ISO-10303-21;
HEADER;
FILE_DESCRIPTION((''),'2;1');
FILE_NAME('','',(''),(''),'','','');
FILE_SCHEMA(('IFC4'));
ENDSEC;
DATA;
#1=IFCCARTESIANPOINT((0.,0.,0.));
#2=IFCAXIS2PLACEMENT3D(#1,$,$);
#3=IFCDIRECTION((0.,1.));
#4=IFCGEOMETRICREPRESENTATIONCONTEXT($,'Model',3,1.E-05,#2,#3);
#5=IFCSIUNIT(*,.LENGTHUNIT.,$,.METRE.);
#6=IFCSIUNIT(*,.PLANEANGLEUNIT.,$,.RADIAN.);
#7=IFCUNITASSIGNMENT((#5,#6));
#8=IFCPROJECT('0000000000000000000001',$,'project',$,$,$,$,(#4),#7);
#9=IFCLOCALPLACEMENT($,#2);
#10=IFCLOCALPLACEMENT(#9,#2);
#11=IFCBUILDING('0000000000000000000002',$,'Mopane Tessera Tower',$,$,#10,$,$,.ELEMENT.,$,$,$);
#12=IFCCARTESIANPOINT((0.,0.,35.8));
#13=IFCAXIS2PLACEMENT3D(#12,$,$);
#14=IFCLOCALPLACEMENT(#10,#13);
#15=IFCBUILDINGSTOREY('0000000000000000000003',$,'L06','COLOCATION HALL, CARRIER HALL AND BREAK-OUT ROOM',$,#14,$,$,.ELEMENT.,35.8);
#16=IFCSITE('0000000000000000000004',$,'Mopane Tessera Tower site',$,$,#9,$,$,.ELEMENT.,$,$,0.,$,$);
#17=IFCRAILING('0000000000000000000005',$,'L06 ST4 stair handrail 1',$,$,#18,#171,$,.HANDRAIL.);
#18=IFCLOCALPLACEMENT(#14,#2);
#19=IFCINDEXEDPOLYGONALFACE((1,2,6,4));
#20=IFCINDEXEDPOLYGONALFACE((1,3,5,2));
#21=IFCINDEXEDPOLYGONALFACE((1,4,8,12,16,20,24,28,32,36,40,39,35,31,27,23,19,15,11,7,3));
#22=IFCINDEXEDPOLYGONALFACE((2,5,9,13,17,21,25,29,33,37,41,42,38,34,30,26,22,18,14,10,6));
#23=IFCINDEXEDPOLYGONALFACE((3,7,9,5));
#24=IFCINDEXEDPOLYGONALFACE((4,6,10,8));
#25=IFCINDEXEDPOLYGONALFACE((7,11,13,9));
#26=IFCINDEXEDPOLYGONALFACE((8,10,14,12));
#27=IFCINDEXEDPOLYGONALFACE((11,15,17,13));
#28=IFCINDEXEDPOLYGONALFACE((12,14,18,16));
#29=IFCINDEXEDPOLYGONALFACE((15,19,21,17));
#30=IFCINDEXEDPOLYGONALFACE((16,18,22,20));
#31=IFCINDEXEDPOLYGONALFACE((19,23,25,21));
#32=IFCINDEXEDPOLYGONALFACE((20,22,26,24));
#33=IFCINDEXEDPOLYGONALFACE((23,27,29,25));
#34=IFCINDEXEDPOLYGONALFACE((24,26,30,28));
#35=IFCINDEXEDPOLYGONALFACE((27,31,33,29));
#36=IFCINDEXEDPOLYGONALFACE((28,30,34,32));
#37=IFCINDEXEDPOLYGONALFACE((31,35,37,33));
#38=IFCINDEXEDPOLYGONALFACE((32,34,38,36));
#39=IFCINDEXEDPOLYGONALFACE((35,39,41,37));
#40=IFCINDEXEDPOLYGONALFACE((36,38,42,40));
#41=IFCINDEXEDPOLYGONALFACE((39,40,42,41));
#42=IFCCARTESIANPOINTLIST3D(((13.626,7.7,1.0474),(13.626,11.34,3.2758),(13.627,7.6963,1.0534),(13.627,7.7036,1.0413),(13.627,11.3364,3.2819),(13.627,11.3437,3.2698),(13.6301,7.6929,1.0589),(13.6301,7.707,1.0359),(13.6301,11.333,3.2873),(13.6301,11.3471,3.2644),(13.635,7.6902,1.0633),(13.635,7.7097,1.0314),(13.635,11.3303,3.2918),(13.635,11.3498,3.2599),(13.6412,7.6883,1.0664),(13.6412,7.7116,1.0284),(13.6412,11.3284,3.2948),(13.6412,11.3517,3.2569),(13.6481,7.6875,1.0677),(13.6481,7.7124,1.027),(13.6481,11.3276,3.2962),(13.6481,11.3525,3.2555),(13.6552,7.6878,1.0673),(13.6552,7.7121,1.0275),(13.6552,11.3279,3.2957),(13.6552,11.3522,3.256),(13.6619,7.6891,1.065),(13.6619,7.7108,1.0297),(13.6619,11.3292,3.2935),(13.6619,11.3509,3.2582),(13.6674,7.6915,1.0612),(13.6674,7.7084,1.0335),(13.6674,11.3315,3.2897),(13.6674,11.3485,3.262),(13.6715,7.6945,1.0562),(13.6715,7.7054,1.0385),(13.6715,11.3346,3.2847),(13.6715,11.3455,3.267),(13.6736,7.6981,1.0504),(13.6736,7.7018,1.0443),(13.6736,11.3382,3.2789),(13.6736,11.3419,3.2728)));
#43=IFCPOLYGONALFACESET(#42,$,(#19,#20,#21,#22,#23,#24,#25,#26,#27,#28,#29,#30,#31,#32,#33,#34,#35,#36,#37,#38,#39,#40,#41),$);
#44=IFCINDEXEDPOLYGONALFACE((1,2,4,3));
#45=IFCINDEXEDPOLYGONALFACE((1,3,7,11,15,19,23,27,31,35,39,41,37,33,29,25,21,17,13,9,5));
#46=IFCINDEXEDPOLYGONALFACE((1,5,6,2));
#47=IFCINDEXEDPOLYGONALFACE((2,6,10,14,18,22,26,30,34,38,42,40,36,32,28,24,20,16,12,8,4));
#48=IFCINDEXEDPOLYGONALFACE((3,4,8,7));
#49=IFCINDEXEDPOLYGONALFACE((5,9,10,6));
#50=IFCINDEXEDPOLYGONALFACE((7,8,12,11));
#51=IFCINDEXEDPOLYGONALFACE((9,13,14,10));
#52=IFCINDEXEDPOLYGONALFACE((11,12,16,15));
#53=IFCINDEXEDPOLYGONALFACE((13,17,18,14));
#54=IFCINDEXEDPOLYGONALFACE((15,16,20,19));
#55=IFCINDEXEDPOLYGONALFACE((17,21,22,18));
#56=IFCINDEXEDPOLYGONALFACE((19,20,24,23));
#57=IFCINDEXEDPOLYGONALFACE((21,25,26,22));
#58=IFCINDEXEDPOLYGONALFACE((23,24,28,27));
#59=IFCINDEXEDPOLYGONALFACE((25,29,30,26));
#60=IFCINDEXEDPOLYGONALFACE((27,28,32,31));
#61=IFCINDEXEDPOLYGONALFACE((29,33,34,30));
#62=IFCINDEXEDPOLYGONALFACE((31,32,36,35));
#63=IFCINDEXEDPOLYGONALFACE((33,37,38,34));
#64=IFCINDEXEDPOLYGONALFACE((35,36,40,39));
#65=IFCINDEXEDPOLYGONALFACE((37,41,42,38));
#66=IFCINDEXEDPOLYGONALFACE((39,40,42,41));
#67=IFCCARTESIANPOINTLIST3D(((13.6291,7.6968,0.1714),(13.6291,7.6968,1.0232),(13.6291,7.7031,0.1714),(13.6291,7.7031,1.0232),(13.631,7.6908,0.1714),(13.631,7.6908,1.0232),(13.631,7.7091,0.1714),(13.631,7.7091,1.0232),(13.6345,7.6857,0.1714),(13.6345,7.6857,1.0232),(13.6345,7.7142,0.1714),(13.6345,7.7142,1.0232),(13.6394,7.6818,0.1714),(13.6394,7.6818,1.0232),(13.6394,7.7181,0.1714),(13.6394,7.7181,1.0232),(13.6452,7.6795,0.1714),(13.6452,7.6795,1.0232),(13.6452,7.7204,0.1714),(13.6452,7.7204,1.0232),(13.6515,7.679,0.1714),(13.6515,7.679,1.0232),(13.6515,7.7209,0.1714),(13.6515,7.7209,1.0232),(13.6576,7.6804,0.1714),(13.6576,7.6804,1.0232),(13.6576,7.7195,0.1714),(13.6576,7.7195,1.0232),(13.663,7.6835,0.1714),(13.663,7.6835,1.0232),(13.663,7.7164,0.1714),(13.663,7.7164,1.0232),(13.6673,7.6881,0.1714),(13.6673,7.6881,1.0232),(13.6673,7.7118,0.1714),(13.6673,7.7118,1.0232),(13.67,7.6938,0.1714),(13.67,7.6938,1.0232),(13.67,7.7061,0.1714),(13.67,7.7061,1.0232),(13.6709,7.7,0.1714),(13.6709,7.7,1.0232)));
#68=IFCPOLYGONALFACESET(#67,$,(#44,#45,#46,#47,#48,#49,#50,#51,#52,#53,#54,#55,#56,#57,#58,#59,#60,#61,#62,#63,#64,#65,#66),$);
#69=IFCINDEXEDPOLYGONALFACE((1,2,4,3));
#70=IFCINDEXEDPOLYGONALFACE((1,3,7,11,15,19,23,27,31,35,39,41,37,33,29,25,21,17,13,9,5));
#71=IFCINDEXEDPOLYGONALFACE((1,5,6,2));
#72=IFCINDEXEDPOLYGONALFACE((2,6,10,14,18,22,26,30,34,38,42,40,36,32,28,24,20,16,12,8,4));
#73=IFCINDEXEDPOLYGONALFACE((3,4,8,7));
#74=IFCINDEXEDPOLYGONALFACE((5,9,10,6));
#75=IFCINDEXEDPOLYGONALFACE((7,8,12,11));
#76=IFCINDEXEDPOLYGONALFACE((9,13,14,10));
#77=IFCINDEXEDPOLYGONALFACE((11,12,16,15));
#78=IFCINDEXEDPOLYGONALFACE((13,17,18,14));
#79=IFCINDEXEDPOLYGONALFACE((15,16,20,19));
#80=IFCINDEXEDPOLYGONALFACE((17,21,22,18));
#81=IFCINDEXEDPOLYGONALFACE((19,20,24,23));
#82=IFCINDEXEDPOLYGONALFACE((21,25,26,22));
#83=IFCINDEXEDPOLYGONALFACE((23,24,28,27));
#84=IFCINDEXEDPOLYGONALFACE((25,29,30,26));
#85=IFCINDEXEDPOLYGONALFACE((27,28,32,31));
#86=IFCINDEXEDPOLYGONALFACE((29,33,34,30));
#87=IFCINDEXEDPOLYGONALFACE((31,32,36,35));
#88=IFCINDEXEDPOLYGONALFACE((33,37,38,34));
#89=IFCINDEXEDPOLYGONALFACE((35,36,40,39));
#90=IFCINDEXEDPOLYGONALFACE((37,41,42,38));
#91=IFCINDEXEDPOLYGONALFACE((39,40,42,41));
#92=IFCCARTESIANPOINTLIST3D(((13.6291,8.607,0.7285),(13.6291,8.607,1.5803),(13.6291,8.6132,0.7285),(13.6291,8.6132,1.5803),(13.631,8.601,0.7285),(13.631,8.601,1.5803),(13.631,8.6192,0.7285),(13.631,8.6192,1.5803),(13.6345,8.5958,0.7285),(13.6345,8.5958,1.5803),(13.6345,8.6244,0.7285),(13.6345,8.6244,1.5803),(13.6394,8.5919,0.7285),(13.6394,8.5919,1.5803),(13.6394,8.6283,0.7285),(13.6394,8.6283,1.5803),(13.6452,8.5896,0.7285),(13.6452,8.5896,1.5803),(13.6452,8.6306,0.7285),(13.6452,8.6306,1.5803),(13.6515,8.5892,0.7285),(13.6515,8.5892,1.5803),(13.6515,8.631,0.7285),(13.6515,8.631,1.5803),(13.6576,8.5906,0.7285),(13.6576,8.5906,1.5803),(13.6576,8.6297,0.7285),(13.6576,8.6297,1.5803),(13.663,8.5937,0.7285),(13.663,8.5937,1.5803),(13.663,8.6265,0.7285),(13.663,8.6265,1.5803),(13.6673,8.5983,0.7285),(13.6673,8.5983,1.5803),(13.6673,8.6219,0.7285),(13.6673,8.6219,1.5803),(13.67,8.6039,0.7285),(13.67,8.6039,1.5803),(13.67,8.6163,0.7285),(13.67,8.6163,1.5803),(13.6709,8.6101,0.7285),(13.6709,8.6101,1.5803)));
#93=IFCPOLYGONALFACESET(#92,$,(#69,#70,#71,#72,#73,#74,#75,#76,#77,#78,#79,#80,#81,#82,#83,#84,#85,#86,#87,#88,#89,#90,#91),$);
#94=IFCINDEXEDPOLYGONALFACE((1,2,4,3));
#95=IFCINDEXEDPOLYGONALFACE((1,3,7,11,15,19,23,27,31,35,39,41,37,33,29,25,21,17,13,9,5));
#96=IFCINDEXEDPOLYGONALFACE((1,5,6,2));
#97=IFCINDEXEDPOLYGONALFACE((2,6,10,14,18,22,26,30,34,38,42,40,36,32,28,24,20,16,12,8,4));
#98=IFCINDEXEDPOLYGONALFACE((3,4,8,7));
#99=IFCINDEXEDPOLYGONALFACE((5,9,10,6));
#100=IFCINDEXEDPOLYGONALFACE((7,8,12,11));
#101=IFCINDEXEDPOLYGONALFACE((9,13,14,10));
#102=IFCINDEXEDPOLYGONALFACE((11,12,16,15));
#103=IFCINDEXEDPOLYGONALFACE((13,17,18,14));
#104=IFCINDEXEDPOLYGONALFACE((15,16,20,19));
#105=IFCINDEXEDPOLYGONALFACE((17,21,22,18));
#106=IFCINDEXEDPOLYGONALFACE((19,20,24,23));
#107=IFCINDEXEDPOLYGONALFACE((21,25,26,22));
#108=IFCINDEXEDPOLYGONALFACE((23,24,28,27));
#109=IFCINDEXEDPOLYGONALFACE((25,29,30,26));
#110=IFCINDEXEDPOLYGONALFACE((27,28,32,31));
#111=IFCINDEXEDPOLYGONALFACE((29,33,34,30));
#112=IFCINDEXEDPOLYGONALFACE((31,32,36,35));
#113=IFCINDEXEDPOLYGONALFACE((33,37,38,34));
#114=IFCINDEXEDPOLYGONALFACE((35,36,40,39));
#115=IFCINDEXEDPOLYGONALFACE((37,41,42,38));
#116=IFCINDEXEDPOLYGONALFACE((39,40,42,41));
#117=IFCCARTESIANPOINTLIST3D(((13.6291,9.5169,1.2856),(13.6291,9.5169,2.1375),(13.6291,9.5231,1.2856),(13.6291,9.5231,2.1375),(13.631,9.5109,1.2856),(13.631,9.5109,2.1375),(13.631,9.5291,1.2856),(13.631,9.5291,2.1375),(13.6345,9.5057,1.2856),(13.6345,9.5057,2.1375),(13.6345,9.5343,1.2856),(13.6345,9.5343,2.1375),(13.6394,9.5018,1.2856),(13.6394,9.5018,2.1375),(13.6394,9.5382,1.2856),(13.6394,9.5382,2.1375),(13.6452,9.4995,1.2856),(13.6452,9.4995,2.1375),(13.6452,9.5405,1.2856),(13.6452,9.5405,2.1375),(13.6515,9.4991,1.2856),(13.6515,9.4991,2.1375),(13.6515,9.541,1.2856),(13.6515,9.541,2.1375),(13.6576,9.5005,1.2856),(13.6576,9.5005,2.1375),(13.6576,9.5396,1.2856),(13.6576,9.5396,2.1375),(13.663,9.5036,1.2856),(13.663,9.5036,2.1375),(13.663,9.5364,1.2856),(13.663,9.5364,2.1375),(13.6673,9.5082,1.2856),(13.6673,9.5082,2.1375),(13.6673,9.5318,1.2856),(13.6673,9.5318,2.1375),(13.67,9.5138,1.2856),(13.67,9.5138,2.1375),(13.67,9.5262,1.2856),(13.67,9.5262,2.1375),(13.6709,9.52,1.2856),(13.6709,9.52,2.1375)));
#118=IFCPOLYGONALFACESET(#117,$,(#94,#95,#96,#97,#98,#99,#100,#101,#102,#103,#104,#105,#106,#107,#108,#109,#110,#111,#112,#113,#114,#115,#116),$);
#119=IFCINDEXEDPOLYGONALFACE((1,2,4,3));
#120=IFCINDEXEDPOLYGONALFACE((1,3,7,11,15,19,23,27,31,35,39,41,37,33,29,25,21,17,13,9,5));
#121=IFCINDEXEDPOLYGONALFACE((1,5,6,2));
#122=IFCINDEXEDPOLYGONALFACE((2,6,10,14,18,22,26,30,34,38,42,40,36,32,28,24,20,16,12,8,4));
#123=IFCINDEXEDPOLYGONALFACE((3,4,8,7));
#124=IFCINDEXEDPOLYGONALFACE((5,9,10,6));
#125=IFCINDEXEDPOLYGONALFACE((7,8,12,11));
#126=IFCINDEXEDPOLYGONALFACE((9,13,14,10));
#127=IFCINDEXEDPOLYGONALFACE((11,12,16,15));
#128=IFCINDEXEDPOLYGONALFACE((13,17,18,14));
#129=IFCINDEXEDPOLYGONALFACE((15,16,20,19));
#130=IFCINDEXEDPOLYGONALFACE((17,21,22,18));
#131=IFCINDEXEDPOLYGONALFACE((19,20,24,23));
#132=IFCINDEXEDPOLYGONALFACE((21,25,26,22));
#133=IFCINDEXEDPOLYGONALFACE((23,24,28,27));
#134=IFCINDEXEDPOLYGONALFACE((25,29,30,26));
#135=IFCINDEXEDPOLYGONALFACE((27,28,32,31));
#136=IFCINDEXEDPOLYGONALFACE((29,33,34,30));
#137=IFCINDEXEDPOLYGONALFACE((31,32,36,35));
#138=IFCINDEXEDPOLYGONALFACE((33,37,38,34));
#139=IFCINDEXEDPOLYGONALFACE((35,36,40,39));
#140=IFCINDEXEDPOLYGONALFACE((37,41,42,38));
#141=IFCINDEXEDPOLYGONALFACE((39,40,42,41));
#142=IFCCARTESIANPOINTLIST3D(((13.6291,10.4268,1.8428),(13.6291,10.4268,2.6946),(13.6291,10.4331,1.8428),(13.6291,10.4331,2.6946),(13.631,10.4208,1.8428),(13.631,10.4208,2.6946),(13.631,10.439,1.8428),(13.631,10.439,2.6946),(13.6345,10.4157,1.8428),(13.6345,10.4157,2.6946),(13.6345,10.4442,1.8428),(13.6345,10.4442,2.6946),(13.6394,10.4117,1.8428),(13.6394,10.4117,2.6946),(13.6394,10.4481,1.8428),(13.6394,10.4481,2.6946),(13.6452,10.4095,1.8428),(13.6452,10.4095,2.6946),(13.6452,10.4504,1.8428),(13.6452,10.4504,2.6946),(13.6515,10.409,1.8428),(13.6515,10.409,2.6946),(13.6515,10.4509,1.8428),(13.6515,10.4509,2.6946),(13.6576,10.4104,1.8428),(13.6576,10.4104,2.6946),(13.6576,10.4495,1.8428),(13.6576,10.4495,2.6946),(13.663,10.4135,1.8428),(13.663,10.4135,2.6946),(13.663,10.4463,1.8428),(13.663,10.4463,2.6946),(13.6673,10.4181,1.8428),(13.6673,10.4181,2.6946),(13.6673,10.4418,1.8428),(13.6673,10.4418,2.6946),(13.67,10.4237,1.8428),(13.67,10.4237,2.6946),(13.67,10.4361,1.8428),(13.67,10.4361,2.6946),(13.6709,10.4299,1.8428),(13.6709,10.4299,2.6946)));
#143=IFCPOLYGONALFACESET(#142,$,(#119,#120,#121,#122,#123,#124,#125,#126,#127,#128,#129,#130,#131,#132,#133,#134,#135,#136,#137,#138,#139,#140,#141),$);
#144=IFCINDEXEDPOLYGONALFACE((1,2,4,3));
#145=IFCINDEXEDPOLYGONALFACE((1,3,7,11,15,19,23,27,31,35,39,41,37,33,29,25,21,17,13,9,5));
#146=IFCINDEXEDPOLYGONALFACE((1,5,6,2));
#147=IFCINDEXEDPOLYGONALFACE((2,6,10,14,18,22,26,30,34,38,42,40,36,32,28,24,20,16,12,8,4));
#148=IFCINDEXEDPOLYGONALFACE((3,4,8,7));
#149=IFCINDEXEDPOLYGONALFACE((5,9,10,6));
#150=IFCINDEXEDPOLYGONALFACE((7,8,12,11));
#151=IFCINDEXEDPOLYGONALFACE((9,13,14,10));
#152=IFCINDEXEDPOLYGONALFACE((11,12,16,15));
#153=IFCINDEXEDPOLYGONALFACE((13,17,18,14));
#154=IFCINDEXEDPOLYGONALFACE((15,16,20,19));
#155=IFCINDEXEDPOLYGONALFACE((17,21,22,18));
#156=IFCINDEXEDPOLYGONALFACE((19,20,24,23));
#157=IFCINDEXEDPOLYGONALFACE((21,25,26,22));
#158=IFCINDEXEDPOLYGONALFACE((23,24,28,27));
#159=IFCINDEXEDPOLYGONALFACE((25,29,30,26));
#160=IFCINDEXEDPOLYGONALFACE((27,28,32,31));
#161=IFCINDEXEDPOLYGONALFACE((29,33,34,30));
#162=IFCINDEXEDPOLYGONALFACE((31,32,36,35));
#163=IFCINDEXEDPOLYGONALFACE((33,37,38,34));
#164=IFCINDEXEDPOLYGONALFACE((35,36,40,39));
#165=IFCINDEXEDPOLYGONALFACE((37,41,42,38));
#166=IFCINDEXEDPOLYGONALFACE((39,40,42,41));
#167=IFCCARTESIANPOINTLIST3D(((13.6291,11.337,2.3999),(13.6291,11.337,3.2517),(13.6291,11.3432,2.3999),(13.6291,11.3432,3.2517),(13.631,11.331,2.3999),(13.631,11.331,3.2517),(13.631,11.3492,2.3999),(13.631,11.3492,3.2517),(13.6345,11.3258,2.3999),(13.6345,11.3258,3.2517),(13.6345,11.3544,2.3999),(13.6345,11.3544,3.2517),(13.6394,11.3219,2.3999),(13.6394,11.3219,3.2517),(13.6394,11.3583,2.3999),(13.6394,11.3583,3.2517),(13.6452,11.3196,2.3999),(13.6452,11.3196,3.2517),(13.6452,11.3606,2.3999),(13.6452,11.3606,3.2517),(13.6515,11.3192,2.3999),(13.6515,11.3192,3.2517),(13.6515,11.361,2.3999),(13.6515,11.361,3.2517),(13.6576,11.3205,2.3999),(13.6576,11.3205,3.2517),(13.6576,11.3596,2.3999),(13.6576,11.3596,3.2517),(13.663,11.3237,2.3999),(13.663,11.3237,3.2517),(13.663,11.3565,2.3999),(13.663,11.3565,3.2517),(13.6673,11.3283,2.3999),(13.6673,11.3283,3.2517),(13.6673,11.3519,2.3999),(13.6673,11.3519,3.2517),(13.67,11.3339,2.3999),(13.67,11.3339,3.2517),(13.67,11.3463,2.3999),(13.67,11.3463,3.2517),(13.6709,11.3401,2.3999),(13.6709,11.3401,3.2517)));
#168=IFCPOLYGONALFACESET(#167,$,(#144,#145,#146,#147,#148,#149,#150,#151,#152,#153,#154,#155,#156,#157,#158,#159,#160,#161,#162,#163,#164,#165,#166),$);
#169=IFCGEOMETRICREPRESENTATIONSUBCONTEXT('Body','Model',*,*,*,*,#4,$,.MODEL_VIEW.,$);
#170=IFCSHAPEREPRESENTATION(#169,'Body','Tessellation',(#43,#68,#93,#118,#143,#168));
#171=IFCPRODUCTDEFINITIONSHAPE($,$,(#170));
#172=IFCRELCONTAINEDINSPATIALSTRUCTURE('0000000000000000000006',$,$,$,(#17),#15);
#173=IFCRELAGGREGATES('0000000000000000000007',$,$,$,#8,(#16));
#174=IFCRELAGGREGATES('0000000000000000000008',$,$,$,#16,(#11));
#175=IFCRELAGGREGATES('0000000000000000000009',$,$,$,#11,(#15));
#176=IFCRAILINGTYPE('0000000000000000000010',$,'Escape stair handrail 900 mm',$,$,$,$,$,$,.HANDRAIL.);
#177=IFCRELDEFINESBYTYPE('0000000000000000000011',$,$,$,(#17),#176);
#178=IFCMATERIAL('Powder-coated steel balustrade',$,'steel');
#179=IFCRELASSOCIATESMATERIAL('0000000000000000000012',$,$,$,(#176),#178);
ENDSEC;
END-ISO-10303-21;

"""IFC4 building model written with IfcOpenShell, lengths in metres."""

from ifc_helpers import new_model, si_unit, direction, frame, origin, origin_2d, place, context, subcontext, project, spatial, circle, extrude, material, type_object, element, save


model = new_model("IFC4")

# Units and contexts
model_context = context("Model", 3, precision=1e-05, world=origin(), true_north=direction((0.0, 1.0)))
body_context = subcontext(model_context, "Body", "Model", "MODEL_VIEW")
ifc_project = project(units=[si_unit("LENGTHUNIT", "METRE"), si_unit("PLANEANGLEUNIT", "RADIAN")], contexts=[model_context])

# Site, building, storey
site_placement = place(None, origin())
site = spatial("IfcSite", under=ifc_project, at=site_placement, Name="Mopane Tessera Tower site", CompositionType="ELEMENT", RefElevation=0.0)
building_placement = place(site_placement, origin())
building = spatial("IfcBuilding", under=site, at=building_placement, Name="Mopane Tessera Tower", CompositionType="ELEMENT")
storey_placement = place(building_placement, frame((0.0, 0.0, 35.8)))
storey = spatial("IfcBuildingStorey", under=building, at=storey_placement, Name="L06", Description="COLOCATION HALL, CARRIER HALL AND BREAK-OUT ROOM", CompositionType="ELEMENT", Elevation=35.8)

# Railing
ifc_material_1 = material(Name="Powder-coated steel balustrade", Category="steel")
railing_type_1 = type_object("IfcRailingType", Name="Escape stair handrail 900 mm", PredefinedType="HANDRAIL", material=ifc_material_1)
railing_1_placement = place(storey_placement, frame((13.6499, 7.7, 0.1714)))
element("IfcRailing", 1, at=railing_1_placement, inside=storey, type_object=railing_type_1, Name="L06 ST4 stair handrail 1", PredefinedType="HANDRAIL", context=body_context, shape_type="SweptSolid", body=[
    extrude(circle(Radius=0.0239, at=origin_2d()), frame((0.0, 0.0, 0.876), z_axis=(0.0, 0.852866, 0.52213), x_axis=(-1.0, 0.0, 0.0)), (0.0, 0.0, 1.0), 4.2681),
    extrude(circle(Radius=0.021, at=origin_2d()), origin(), (0.0, 0.0, 1.0), 0.8518),
    extrude(circle(Radius=0.021, at=origin_2d()), frame((0.0, 0.9102, 0.5571)), (0.0, 0.0, 1.0), 0.8518),
    extrude(circle(Radius=0.021, at=origin_2d()), frame((0.0, 1.8201, 1.1143)), (0.0, 0.0, 1.0), 0.8518),
    extrude(circle(Radius=0.021, at=origin_2d()), frame((0.0, 2.73, 1.6714)), (0.0, 0.0, 1.0), 0.8518),
    extrude(circle(Radius=0.021, at=origin_2d()), frame((0.0, 3.6401, 2.2285)), (0.0, 0.0, 1.0), 0.8518),
])

save(model, "model.ifc")
